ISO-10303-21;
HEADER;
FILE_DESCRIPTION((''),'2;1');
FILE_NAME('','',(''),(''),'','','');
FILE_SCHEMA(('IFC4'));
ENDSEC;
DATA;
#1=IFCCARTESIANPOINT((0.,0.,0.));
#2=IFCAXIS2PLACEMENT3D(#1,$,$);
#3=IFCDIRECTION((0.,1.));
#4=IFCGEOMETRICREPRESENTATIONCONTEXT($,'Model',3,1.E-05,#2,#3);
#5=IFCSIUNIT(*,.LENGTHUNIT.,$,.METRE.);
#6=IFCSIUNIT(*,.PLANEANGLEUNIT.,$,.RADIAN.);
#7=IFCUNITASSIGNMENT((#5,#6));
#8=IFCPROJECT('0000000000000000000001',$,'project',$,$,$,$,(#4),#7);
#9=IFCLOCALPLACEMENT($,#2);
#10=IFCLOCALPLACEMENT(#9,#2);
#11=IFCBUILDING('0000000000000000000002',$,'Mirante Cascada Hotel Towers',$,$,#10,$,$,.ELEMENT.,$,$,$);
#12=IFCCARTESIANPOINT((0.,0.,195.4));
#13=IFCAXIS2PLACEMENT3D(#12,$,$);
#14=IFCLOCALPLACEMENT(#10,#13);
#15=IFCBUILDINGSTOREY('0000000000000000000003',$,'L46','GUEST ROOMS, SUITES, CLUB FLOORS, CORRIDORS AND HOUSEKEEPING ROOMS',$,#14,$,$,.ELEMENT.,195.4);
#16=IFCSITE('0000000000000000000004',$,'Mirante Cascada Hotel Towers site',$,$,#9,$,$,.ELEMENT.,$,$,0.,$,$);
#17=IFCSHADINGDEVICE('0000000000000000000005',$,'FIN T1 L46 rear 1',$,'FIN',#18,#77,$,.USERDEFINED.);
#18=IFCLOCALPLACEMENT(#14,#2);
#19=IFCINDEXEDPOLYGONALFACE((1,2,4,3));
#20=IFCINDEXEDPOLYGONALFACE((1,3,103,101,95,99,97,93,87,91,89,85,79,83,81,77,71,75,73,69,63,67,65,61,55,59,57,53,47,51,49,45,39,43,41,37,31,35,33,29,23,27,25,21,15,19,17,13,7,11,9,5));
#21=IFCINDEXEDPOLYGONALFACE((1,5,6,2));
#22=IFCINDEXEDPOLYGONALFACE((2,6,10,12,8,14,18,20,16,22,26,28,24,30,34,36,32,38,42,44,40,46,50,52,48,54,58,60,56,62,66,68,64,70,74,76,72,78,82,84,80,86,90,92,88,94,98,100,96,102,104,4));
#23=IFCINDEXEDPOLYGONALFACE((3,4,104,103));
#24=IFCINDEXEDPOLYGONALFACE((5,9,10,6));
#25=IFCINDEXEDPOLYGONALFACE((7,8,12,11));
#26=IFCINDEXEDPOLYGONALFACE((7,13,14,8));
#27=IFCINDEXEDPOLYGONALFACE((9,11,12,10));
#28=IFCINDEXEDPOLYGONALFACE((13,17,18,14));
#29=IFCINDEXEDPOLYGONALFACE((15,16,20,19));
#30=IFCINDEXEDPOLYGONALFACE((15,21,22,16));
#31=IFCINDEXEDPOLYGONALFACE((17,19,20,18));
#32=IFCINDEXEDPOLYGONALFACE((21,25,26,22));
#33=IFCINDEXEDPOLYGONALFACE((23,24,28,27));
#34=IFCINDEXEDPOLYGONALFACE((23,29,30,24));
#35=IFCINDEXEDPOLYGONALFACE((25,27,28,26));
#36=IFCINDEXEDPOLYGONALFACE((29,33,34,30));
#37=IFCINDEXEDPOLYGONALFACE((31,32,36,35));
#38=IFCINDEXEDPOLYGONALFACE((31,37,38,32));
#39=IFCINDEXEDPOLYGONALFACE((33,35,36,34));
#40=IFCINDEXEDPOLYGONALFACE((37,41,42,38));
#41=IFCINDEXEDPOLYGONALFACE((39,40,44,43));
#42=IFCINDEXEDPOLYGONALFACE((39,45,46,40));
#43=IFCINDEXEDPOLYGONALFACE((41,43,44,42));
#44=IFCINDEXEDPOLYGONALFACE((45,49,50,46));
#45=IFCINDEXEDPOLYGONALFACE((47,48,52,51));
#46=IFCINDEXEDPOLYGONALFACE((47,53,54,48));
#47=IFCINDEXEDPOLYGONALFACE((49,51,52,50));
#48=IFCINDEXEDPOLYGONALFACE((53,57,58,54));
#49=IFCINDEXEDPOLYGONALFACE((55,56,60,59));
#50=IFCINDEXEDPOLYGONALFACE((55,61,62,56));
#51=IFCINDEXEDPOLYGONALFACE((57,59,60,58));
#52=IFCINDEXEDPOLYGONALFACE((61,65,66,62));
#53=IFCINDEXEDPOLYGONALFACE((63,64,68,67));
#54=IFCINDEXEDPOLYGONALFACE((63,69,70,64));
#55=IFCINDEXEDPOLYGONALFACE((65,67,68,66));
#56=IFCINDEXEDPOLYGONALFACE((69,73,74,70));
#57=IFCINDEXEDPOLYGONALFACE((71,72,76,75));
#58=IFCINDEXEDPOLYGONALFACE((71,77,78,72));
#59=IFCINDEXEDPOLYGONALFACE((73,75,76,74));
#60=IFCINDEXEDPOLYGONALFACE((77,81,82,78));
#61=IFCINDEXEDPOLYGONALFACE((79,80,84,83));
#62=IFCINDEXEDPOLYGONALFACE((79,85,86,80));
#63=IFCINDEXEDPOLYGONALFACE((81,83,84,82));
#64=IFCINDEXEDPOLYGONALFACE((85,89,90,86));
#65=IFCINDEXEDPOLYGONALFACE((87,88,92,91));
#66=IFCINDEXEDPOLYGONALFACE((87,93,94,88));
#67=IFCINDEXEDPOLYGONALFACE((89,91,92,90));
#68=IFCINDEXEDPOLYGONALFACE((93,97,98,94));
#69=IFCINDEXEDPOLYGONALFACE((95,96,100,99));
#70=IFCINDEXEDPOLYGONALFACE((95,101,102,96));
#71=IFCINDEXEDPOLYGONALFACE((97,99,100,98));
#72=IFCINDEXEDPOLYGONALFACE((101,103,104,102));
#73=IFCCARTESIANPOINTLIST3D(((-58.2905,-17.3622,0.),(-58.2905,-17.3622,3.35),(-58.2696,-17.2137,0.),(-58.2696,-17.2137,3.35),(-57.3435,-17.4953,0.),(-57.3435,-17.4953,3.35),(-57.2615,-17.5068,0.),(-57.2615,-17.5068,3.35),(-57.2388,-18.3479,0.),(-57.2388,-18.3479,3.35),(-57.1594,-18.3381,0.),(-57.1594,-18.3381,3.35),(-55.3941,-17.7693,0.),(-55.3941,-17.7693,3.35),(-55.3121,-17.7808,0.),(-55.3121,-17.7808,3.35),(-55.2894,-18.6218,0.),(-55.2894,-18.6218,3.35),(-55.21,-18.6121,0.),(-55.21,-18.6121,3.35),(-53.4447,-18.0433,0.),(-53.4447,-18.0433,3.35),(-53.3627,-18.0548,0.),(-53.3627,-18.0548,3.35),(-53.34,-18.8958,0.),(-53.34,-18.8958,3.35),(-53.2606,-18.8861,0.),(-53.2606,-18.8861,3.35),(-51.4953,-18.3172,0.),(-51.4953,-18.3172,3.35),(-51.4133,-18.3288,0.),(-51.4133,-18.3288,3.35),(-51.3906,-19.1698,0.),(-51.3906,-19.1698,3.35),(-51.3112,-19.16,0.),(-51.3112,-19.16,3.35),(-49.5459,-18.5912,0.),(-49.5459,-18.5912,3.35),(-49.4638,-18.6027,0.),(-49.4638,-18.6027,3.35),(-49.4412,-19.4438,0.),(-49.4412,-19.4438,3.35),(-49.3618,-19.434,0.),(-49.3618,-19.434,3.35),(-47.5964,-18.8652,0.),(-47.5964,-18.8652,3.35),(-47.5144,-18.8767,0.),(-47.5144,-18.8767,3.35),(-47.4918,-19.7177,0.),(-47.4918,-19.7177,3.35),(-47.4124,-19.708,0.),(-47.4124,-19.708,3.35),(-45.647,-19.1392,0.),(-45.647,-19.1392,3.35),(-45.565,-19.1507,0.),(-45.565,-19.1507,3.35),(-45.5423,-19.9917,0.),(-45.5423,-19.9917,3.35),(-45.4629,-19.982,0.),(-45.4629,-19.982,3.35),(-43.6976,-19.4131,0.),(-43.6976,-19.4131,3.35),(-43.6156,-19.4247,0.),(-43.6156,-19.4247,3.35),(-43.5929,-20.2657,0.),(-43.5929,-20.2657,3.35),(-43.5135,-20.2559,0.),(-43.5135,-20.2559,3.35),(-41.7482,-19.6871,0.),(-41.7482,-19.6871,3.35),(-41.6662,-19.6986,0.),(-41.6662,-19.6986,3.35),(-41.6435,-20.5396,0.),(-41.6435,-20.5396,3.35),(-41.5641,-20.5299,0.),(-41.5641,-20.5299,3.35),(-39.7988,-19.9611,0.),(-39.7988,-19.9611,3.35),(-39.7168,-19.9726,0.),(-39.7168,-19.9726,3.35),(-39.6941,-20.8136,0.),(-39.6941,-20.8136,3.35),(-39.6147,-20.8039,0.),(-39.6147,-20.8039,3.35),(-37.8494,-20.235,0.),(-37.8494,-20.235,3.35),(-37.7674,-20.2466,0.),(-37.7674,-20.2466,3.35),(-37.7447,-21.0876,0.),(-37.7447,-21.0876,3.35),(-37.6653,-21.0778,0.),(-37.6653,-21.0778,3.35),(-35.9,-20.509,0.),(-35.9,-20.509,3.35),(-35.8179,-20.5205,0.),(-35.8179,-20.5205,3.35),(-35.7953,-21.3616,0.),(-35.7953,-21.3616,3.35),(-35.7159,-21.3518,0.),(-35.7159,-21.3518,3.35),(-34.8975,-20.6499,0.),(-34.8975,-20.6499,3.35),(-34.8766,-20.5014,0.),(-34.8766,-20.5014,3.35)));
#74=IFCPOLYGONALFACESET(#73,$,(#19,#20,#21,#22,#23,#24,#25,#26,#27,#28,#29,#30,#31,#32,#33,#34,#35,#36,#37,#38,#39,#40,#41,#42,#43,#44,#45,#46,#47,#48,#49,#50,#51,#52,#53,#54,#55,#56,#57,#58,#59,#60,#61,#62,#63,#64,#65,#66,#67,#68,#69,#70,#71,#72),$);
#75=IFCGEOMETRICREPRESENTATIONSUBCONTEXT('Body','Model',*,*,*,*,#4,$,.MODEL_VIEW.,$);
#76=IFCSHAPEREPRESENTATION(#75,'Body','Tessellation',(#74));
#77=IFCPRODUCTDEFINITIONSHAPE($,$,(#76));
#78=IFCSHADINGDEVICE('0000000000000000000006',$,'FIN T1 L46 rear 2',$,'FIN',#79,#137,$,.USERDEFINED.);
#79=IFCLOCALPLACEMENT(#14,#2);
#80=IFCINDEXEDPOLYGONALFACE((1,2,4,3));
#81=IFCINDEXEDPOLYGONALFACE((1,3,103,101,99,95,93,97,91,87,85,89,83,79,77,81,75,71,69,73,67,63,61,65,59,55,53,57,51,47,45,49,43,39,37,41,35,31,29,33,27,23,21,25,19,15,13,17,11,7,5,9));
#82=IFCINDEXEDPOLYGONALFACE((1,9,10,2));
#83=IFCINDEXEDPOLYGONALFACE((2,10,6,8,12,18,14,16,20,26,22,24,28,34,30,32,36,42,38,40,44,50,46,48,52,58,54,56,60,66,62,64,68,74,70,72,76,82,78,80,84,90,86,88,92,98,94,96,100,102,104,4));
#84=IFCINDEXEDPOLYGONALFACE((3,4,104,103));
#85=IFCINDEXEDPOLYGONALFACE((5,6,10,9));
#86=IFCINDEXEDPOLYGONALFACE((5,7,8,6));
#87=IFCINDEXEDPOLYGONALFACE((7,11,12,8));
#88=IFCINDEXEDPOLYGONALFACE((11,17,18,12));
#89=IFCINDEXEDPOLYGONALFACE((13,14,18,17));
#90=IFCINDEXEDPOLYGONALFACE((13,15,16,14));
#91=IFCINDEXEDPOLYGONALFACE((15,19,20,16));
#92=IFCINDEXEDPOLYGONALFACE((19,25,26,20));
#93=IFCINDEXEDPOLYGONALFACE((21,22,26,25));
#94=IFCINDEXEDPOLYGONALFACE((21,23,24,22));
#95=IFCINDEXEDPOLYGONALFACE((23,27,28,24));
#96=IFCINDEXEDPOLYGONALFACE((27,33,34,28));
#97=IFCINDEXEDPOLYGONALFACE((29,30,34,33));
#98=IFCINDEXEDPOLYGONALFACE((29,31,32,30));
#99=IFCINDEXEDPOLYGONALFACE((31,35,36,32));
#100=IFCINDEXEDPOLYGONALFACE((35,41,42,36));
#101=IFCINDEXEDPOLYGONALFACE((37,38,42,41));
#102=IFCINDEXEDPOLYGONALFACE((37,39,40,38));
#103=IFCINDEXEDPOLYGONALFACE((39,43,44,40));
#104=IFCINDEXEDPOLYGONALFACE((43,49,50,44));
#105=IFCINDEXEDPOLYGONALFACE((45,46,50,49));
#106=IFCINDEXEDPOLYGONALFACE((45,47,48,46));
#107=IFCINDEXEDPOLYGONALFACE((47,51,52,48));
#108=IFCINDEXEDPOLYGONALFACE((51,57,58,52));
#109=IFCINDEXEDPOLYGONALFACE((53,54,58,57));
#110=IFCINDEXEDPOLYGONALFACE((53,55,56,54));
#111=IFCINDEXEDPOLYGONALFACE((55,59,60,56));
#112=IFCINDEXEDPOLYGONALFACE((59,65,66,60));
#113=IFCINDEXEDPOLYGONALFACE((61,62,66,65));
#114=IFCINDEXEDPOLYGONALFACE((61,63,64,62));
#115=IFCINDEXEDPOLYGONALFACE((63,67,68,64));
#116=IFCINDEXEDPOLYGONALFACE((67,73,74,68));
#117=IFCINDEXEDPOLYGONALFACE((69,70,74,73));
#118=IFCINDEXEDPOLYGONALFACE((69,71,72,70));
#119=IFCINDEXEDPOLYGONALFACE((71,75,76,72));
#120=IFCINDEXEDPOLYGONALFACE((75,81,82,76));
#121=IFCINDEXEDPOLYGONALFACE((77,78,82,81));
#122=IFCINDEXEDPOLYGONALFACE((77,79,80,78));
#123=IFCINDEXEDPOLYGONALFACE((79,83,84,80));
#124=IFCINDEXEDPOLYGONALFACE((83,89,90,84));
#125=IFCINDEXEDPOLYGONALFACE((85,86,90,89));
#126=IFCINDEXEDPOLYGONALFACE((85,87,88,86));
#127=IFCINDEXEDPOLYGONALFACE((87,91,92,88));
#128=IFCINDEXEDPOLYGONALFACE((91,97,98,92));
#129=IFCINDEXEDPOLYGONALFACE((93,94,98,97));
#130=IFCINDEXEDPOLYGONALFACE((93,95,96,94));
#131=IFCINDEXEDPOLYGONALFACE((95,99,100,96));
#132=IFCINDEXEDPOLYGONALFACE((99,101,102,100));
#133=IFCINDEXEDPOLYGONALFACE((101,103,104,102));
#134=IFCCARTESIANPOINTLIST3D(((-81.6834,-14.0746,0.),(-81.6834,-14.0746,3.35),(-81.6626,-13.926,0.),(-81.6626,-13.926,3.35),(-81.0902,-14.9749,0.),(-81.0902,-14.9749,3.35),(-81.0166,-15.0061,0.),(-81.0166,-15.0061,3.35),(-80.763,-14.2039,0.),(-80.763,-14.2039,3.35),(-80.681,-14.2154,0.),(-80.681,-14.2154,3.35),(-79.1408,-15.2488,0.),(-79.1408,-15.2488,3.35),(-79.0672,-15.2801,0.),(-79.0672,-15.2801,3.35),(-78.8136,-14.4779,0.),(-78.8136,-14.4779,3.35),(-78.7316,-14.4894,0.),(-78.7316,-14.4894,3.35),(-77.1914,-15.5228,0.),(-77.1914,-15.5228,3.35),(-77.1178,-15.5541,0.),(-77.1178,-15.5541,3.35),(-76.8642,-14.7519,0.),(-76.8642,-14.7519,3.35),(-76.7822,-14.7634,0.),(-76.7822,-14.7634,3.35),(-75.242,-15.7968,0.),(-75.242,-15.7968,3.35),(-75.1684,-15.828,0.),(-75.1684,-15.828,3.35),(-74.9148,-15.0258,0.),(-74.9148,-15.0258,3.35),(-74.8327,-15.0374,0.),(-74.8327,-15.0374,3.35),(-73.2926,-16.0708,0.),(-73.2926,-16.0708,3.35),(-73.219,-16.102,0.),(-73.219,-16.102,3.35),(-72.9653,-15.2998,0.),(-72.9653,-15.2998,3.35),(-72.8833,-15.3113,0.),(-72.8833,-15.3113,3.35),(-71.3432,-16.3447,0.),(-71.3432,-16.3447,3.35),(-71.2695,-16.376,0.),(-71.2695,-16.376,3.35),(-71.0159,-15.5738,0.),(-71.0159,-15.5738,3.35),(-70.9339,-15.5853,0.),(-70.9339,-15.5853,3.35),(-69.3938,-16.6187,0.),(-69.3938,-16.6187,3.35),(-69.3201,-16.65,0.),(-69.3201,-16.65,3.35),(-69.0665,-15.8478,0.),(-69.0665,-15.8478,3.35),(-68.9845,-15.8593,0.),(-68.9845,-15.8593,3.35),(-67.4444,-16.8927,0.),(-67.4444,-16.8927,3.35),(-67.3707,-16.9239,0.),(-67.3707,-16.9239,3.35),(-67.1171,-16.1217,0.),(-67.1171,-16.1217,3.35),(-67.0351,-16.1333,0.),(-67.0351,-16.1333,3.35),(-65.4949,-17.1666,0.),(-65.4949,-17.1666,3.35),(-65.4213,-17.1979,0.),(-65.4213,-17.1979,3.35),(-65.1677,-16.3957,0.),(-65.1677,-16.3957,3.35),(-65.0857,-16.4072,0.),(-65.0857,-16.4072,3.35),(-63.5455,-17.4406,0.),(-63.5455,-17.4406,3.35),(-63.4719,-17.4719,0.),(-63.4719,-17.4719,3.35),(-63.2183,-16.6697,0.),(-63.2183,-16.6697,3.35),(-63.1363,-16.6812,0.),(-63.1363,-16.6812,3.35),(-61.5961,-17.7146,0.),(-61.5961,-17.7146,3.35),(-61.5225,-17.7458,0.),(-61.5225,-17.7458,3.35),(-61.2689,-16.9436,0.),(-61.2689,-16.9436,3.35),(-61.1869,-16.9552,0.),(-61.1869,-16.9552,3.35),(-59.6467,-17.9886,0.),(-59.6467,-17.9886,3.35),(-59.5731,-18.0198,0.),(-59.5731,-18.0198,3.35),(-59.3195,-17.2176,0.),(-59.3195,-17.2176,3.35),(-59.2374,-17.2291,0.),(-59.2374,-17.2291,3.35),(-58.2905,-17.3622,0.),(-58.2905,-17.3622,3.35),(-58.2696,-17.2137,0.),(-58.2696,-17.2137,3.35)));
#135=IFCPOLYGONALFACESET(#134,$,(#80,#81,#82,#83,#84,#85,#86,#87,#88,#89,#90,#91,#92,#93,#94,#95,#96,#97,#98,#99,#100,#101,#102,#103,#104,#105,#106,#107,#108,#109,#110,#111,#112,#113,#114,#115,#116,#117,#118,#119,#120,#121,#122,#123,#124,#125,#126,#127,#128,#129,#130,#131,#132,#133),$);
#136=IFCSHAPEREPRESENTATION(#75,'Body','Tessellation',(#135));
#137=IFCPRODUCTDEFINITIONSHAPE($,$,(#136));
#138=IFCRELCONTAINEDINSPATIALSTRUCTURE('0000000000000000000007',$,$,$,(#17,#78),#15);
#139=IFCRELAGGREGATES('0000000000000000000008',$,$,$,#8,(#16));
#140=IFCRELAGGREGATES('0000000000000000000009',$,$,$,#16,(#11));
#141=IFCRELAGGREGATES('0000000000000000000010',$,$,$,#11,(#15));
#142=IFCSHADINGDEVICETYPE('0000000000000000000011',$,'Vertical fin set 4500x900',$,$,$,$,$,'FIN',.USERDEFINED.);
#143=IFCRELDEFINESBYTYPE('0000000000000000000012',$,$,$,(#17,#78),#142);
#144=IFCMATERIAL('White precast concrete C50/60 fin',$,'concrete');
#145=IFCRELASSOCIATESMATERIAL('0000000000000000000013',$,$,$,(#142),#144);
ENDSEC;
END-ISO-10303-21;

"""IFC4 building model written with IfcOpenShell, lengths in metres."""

from ifc_helpers import new_model, si_unit, direction, frame, origin, place, context, subcontext, project, spatial, polyline, outline, extrude, material, type_object, element, save


model = new_model("IFC4")

# Units and contexts
model_context = context("Model", 3, precision=1e-05, world=origin(), true_north=direction((0.0, 1.0)))
body_context = subcontext(model_context, "Body", "Model", "MODEL_VIEW")
ifc_project = project(units=[si_unit("LENGTHUNIT", "METRE"), si_unit("PLANEANGLEUNIT", "RADIAN")], contexts=[model_context])

# Site, building, storey
site_placement = place(None, origin())
site = spatial("IfcSite", under=ifc_project, at=site_placement, Name="Mirante Cascada Hotel Towers site", CompositionType="ELEMENT", RefElevation=0.0)
building_placement = place(site_placement, origin())
building = spatial("IfcBuilding", under=site, at=building_placement, Name="Mirante Cascada Hotel Towers", CompositionType="ELEMENT")
storey_placement = place(building_placement, frame((0.0, 0.0, 195.4)))
storey = spatial("IfcBuildingStorey", under=building, at=storey_placement, Name="L46", Description="GUEST ROOMS, SUITES, CLUB FLOORS, CORRIDORS AND HOUSEKEEPING ROOMS", CompositionType="ELEMENT", Elevation=195.4)

# Shading devices
ifc_material_1 = material(Name="White precast concrete C50/60 fin", Category="concrete")
shading_device_type = type_object("IfcShadingDeviceType", Name="Vertical fin set 4500x900", ElementType="FIN", PredefinedType="USERDEFINED", material=ifc_material_1)
shading_device_1_placement = place(storey_placement, origin())
element("IfcShadingDevice", 1, at=shading_device_1_placement, inside=storey, type_object=shading_device_type, Name="FIN T1 L46 rear 1", ObjectType="FIN", PredefinedType="USERDEFINED", context=body_context, shape_type="SweptSolid", body=[
    extrude(outline(polyline([(-47.5964, -18.8652), (-49.4638, -18.6027), (-49.3618, -19.434), (-49.4412, -19.4438), (-49.5459, -18.5912), (-51.4133, -18.3288), (-51.3112, -19.16), (-51.3906, -19.1698), (-51.4953, -18.3172), (-53.3627, -18.0548), (-53.2606, -18.8861), (-53.34, -18.8958), (-53.4447, -18.0433), (-55.3121, -17.7808), (-55.21, -18.6121), (-55.2894, -18.6218), (-55.3941, -17.7693), (-57.2615, -17.5068), (-57.1594, -18.3381), (-57.2388, -18.3479), (-57.3435, -17.4953), (-58.2905, -17.3622), (-58.2696, -17.2137), (-34.8766, -20.5014), (-34.8975, -20.6499), (-35.8179, -20.5205), (-35.7159, -21.3518), (-35.7953, -21.3616), (-35.9, -20.509), (-37.7674, -20.2466), (-37.6653, -21.0778), (-37.7447, -21.0876), (-37.8494, -20.235), (-39.7168, -19.9726), (-39.6147, -20.8039), (-39.6941, -20.8136), (-39.7988, -19.9611), (-41.6662, -19.6986), (-41.5641, -20.5299), (-41.6435, -20.5396), (-41.7482, -19.6871), (-43.6156, -19.4247), (-43.5135, -20.2559), (-43.5929, -20.2657), (-43.6976, -19.4131), (-45.565, -19.1507), (-45.4629, -19.982), (-45.5423, -19.9917), (-45.647, -19.1392), (-47.5144, -18.8767), (-47.4124, -19.708), (-47.4918, -19.7177), (-47.5964, -18.8652)])), origin(), (0.0, 0.0, 1.0), 3.35),
])
shading_device_2_placement = place(storey_placement, origin())
element("IfcShadingDevice", 2, at=shading_device_2_placement, inside=storey, type_object=shading_device_type, Name="FIN T1 L46 rear 2", ObjectType="FIN", PredefinedType="USERDEFINED", context=body_context, shape_type="SweptSolid", body=[
    extrude(outline(polyline([(-71.0159, -15.5738), (-72.8833, -15.3113), (-73.219, -16.102), (-73.2926, -16.0708), (-72.9653, -15.2998), (-74.8327, -15.0374), (-75.1684, -15.828), (-75.242, -15.7968), (-74.9148, -15.0258), (-76.7822, -14.7634), (-77.1178, -15.5541), (-77.1914, -15.5228), (-76.8642, -14.7519), (-78.7316, -14.4894), (-79.0672, -15.2801), (-79.1408, -15.2488), (-78.8136, -14.4779), (-80.681, -14.2154), (-81.0166, -15.0061), (-81.0902, -14.9749), (-80.763, -14.2039), (-81.6834, -14.0746), (-81.6626, -13.926), (-58.2696, -17.2137), (-58.2905, -17.3622), (-59.2374, -17.2291), (-59.5731, -18.0198), (-59.6467, -17.9886), (-59.3195, -17.2176), (-61.1869, -16.9552), (-61.5225, -17.7458), (-61.5961, -17.7146), (-61.2689, -16.9436), (-63.1363, -16.6812), (-63.4719, -17.4719), (-63.5455, -17.4406), (-63.2183, -16.6697), (-65.0857, -16.4072), (-65.4213, -17.1979), (-65.4949, -17.1666), (-65.1677, -16.3957), (-67.0351, -16.1333), (-67.3707, -16.9239), (-67.4444, -16.8927), (-67.1171, -16.1217), (-68.9845, -15.8593), (-69.3201, -16.65), (-69.3938, -16.6187), (-69.0665, -15.8478), (-70.9339, -15.5853), (-71.2695, -16.376), (-71.3432, -16.3447), (-71.0159, -15.5738)])), origin(), (0.0, 0.0, 1.0), 3.35),
])

save(model, "model.ifc")
